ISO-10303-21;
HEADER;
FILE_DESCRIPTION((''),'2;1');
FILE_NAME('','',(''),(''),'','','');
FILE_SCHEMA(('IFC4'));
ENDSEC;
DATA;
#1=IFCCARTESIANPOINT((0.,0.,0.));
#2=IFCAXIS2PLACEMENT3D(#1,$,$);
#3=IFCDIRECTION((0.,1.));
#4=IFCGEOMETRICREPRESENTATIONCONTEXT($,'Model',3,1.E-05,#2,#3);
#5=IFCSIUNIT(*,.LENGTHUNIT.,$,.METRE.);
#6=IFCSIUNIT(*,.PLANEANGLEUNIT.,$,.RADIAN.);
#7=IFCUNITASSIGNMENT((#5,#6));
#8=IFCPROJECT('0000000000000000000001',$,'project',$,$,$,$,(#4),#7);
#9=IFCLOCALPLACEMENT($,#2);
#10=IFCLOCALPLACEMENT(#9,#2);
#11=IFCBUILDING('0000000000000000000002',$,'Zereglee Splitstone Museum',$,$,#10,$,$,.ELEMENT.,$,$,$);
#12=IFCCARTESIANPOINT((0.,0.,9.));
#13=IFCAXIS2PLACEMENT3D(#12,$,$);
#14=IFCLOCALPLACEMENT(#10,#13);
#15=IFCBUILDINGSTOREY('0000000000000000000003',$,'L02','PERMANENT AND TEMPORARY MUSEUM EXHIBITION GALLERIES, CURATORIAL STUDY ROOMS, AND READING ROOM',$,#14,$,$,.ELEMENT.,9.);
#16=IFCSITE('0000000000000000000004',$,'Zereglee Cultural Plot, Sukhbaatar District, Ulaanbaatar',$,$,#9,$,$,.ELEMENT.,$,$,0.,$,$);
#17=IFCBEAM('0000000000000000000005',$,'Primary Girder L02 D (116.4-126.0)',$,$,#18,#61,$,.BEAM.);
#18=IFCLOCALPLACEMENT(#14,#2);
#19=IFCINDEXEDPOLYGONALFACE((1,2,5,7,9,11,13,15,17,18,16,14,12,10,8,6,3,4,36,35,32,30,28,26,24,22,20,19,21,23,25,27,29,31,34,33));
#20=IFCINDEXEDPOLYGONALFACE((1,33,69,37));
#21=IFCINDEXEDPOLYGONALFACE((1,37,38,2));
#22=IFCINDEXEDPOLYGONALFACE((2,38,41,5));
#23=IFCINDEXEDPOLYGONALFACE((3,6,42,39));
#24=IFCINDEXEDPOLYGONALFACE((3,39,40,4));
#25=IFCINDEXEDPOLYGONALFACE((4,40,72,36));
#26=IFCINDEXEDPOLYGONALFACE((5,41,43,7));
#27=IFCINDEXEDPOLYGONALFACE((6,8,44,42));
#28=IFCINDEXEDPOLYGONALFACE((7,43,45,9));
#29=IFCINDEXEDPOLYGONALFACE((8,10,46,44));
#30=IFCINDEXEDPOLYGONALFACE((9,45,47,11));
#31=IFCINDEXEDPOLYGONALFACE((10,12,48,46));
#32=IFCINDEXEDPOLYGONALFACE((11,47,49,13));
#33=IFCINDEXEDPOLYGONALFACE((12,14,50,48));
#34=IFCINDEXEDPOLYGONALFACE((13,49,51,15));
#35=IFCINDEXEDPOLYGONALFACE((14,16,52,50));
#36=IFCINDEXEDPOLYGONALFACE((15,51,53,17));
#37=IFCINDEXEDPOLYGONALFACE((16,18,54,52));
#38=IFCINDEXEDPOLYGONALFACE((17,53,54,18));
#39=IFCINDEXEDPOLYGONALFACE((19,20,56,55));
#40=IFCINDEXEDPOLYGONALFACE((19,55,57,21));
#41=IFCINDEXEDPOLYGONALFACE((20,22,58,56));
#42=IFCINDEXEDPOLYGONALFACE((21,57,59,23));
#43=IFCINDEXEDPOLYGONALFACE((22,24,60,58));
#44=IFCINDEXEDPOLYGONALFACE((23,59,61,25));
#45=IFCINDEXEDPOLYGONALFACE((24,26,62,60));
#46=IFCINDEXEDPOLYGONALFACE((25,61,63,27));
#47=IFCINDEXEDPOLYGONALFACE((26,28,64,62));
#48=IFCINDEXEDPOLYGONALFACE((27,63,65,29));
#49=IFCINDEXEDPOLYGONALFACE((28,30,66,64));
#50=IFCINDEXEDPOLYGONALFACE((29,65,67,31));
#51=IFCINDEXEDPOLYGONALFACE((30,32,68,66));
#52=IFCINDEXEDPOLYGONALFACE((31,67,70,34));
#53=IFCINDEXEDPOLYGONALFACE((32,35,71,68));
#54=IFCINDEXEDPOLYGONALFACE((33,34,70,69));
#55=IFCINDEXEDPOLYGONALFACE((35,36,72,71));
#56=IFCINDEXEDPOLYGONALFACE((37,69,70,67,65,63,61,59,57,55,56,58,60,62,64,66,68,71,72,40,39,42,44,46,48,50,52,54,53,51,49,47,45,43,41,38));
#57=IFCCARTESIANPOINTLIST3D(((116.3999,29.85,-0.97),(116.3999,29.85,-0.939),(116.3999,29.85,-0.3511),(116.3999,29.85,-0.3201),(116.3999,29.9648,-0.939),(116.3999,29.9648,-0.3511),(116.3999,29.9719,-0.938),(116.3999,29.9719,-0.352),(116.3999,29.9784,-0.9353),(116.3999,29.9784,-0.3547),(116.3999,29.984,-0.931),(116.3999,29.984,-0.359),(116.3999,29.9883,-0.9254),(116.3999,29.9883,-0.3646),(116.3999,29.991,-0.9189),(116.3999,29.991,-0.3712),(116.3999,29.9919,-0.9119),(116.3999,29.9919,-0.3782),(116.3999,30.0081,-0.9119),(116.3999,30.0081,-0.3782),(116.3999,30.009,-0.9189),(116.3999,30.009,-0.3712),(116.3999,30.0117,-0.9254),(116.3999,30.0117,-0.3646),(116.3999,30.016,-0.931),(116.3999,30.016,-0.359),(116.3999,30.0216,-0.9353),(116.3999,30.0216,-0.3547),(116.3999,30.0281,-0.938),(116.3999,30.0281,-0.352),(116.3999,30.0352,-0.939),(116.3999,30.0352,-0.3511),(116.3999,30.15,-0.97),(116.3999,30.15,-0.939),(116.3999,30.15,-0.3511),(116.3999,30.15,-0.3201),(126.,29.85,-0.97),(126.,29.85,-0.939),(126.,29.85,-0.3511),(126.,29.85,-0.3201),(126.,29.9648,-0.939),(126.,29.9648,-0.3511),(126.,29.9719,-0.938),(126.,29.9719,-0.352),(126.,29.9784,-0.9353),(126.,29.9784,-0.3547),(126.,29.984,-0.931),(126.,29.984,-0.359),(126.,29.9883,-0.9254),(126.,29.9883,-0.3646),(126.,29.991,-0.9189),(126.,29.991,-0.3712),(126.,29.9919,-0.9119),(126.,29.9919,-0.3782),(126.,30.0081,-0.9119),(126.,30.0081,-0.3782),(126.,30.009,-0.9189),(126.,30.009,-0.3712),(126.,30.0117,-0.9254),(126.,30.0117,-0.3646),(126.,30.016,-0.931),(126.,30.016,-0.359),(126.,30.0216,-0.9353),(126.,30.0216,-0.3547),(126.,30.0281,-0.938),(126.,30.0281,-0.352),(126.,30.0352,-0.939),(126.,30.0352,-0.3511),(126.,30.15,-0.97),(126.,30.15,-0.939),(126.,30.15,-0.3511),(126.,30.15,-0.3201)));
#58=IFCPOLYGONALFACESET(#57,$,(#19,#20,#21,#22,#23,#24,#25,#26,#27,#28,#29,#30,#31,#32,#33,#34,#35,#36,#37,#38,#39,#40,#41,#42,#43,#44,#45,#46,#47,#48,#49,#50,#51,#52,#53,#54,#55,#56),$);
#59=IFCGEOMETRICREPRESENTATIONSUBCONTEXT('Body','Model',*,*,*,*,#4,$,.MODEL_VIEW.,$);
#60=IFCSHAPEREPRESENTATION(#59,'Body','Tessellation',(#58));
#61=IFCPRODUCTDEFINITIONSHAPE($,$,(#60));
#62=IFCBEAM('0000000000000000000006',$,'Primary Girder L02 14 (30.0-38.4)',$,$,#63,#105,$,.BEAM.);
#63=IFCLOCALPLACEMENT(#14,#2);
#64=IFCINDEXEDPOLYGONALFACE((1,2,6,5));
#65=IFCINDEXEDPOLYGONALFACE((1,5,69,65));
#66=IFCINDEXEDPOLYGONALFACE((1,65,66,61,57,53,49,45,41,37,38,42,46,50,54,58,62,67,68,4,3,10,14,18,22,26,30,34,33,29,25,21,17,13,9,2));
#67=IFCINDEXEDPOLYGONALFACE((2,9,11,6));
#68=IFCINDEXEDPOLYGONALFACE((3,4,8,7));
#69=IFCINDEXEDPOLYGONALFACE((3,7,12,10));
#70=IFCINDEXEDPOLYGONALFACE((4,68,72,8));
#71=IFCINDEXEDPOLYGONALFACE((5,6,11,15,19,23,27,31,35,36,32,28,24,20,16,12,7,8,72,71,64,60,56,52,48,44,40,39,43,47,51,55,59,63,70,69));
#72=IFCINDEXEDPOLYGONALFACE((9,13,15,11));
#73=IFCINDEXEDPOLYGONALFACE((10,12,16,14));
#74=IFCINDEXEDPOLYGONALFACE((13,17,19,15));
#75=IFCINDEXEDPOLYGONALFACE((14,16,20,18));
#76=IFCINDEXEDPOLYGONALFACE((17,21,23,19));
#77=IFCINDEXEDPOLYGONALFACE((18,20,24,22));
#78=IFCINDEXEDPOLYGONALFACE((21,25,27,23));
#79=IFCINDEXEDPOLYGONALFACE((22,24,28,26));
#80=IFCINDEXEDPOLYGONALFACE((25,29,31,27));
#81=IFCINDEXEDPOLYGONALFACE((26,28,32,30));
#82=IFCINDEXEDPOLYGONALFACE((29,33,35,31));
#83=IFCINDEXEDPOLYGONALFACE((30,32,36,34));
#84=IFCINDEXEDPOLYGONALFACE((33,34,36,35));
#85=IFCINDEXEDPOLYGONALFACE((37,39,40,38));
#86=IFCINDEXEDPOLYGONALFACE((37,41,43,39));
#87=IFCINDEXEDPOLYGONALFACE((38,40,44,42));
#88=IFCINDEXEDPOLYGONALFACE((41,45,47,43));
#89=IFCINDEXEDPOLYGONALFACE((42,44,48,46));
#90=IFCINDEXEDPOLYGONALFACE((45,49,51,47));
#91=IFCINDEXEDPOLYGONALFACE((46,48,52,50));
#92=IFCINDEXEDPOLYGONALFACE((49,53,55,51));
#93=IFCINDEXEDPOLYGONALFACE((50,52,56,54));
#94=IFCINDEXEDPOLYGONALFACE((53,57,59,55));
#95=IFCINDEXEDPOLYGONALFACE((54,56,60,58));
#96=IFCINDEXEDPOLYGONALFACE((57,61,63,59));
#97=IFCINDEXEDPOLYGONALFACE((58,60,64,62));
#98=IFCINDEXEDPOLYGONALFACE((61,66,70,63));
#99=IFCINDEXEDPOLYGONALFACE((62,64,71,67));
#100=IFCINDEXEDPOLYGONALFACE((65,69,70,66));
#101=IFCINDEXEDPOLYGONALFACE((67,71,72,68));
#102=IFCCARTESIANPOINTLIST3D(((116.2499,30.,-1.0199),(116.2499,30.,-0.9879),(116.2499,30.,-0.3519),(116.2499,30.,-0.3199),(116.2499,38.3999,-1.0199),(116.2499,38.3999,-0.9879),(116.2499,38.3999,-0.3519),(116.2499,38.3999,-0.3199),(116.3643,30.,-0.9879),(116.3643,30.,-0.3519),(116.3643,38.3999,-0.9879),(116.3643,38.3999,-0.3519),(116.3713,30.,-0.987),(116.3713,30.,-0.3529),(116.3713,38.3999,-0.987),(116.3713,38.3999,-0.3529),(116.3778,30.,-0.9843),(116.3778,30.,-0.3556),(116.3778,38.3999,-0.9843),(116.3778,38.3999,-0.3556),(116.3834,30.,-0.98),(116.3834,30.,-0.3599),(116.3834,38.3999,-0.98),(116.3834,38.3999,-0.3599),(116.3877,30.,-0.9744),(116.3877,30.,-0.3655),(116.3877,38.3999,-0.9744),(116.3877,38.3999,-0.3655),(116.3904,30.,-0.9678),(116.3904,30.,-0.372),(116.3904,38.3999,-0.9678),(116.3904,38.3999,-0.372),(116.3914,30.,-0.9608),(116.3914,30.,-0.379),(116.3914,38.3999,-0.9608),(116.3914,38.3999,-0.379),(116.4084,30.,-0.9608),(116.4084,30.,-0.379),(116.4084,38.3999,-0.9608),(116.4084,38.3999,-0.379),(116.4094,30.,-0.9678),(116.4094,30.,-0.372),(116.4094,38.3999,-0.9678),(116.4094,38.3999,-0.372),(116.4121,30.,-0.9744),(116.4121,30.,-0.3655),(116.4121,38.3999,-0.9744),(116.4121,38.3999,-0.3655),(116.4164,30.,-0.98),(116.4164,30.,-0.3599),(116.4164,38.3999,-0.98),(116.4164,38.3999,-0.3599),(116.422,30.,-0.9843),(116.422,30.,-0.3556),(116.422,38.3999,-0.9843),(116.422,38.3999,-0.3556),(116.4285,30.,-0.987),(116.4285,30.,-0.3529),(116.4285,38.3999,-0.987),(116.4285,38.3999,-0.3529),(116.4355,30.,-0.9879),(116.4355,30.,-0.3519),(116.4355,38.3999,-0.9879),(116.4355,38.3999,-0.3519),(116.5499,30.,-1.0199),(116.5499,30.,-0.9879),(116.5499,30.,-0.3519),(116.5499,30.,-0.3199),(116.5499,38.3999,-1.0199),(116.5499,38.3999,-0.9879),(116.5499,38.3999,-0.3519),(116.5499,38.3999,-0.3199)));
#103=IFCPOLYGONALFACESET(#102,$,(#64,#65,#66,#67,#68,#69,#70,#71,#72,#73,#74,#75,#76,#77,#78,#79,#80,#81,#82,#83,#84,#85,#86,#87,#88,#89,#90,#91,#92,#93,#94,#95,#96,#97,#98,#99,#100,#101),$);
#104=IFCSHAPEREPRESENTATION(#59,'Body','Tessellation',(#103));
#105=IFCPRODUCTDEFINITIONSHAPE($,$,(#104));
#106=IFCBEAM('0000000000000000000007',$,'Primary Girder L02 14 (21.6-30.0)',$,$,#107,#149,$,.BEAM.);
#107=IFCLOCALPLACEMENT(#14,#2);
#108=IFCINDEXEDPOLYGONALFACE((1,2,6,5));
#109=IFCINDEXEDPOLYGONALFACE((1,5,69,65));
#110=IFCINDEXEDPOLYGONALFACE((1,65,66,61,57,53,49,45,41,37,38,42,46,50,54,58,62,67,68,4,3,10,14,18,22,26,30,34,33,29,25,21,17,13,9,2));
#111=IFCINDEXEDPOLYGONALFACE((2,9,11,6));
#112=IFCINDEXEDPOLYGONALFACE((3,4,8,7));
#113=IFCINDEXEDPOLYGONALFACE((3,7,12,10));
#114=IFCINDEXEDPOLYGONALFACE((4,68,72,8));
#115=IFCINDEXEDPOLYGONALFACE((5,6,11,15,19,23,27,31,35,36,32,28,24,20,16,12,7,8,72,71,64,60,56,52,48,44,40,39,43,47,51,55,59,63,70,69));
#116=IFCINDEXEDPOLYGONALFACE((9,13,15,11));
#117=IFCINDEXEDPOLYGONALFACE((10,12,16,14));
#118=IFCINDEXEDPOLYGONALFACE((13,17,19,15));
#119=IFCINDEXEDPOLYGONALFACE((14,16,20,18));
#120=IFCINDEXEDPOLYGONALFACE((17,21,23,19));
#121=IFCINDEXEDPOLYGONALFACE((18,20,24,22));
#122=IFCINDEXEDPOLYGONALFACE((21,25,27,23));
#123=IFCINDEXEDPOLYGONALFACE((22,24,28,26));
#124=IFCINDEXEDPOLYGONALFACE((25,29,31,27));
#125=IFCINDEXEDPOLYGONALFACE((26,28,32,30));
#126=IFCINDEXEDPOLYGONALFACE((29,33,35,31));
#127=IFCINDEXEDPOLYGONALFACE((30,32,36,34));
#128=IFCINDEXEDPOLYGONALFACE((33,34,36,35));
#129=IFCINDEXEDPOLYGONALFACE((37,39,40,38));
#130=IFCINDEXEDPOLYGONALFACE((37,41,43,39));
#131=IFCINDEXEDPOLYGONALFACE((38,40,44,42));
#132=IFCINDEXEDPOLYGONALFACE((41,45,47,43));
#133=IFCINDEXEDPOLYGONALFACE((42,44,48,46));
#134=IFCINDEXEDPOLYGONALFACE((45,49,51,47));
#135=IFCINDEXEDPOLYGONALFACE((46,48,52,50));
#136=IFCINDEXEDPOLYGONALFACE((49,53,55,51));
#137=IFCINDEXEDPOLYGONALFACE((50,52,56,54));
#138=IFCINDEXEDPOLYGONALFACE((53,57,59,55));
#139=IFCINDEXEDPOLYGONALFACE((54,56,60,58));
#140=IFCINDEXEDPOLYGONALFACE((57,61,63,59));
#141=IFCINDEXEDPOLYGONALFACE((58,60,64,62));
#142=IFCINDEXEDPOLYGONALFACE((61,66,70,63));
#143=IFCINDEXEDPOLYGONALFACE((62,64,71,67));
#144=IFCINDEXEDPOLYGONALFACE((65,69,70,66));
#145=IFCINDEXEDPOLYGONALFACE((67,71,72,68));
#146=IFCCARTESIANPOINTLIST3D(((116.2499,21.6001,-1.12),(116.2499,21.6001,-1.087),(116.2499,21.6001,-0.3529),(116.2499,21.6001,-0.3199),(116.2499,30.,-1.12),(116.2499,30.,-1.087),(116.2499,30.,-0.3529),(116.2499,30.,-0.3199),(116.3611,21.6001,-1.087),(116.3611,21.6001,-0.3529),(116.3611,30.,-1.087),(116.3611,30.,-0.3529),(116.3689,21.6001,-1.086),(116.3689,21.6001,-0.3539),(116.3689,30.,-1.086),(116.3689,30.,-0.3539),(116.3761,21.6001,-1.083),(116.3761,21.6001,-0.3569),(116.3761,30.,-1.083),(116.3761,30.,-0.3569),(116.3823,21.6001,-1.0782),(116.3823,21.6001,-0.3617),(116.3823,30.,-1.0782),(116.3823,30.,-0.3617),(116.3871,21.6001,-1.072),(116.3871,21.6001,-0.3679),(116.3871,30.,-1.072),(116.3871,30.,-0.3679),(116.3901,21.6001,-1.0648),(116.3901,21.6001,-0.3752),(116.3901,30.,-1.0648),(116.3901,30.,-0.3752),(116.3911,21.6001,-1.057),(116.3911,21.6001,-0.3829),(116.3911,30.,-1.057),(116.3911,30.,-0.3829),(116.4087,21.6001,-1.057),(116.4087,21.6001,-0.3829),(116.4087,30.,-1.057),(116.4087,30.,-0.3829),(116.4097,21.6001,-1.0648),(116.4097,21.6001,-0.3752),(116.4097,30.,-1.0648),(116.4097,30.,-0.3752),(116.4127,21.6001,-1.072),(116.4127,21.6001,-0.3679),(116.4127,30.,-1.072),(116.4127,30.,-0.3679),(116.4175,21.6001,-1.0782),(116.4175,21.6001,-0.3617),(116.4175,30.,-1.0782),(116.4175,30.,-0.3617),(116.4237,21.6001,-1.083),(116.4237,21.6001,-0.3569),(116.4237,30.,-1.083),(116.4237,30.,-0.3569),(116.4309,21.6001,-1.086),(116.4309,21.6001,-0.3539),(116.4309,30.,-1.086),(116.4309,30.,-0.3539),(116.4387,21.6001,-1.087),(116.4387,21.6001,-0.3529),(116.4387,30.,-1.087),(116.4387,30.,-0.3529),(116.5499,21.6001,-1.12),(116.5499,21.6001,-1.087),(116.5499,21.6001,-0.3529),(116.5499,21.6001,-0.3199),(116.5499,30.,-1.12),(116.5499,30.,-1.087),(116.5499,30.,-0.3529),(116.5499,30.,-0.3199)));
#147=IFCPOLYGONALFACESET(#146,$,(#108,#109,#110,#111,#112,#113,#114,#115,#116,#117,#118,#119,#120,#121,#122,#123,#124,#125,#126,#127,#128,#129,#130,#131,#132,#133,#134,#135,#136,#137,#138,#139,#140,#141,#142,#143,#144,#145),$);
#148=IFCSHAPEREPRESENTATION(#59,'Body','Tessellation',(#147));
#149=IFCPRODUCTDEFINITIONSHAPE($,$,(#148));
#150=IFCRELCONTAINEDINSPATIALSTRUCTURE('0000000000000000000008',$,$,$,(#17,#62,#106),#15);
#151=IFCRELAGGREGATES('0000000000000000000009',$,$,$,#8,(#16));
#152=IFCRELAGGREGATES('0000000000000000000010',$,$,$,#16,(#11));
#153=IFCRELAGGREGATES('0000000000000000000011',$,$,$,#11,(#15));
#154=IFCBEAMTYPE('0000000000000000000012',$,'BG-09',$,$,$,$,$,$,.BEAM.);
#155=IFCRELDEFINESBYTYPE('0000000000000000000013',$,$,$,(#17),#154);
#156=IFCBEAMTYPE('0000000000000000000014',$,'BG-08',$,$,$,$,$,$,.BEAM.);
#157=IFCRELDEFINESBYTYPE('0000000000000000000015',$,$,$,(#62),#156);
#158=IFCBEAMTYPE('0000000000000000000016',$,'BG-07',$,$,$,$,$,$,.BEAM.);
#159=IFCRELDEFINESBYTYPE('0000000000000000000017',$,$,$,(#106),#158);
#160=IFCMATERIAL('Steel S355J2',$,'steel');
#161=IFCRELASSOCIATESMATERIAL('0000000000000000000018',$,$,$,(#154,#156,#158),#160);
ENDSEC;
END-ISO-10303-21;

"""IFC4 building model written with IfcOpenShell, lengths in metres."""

from ifc_helpers import new_model, si_unit, direction, frame, origin, origin_2d, place, context, subcontext, project, spatial, i_section, extrude, material, material_profile, profile_set, type_object, element, save


model = new_model("IFC4")

# Units and contexts
model_context = context("Model", 3, precision=1e-05, world=origin(), true_north=direction((0.0, 1.0)))
body_context = subcontext(model_context, "Body", "Model", "MODEL_VIEW")
ifc_project = project(units=[si_unit("LENGTHUNIT", "METRE"), si_unit("PLANEANGLEUNIT", "RADIAN")], contexts=[model_context])

# Site, building, storey
site_placement = place(None, origin())
site = spatial("IfcSite", under=ifc_project, at=site_placement, Name="Zereglee Cultural Plot, Sukhbaatar District, Ulaanbaatar", CompositionType="ELEMENT", RefElevation=0.0)
building_placement = place(site_placement, origin())
building = spatial("IfcBuilding", under=site, at=building_placement, Name="Zereglee Splitstone Museum", CompositionType="ELEMENT")
storey_placement = place(building_placement, frame((0.0, 0.0, 9.0)))
storey = spatial("IfcBuildingStorey", under=building, at=storey_placement, Name="L02", Description="PERMANENT AND TEMPORARY MUSEUM EXHIBITION GALLERIES, CURATORIAL STUDY ROOMS, AND READING ROOM", CompositionType="ELEMENT", Elevation=9.0)

# Shared definitions
ifc_material_1 = material(Name="Steel S355J2", Category="steel")

# Beams
ifc_material_profile_1 = material_profile(ifc_material_1, i_section(OverallWidth=0.3, OverallDepth=0.6499, WebThickness=0.0161, FlangeThickness=0.031, FilletRadius=0.0271, at=origin_2d()), Name="HE 650 B")
ifc_profile_set_1 = profile_set([ifc_material_profile_1], Name="Steel S355J2")
beam_type_1 = type_object("IfcBeamType", Name="BG-09", PredefinedType="BEAM", material=ifc_profile_set_1)
for number, where, z_axis, x_axis, name in (
    (1, (116.3999, 30.0, -0.645), (1.0, 0.0, 0.0), (0.0, 1.0, 0.0), "Primary Girder L02 D (116.4-126.0)"),
):
    element("IfcBeam", number, at=place(storey_placement, frame(where, z_axis=z_axis, x_axis=x_axis)), inside=storey, type_object=beam_type_1, Name=name, PredefinedType="BEAM", context=body_context, shape_type="SweptSolid", body=[
        extrude(i_section(OverallWidth=0.3, OverallDepth=0.6499, WebThickness=0.0161, FlangeThickness=0.031, FilletRadius=0.0271, at=origin_2d()), origin(), (0.0, 0.0, 1.0), 9.6001),
    ])
ifc_material_profile_2 = material_profile(ifc_material_1, i_section(OverallWidth=0.3, OverallDepth=0.7, WebThickness=0.0171, FlangeThickness=0.032, FilletRadius=0.0271, at=origin_2d()), Name="HE 700 B")
ifc_profile_set_2 = profile_set([ifc_material_profile_2], Name="Steel S355J2")
beam_type_2 = type_object("IfcBeamType", Name="BG-08", PredefinedType="BEAM", material=ifc_profile_set_2)
beam_1_placement = place(storey_placement, frame((116.3999, 30.0, -0.6699), z_axis=(0.0, 1.0, 0.0), x_axis=(-1.0, 0.0, 0.0)))
element("IfcBeam", 2, at=beam_1_placement, inside=storey, type_object=beam_type_2, Name="Primary Girder L02 14 (30.0-38.4)", PredefinedType="BEAM", context=body_context, shape_type="SweptSolid", body=[
    extrude(i_section(OverallWidth=0.3, OverallDepth=0.7, WebThickness=0.0171, FlangeThickness=0.032, FilletRadius=0.0271, at=origin_2d()), origin(), (0.0, 0.0, 1.0), 8.3999),
])
ifc_material_profile_3 = material_profile(ifc_material_1, i_section(OverallWidth=0.3, OverallDepth=0.8, WebThickness=0.0176, FlangeThickness=0.033, FilletRadius=0.03, at=origin_2d()), Name="HE 800 B")
ifc_profile_set_3 = profile_set([ifc_material_profile_3], Name="Steel S355J2")
beam_type_3 = type_object("IfcBeamType", Name="BG-07", PredefinedType="BEAM", material=ifc_profile_set_3)
beam_2_placement = place(storey_placement, frame((116.3999, 21.6001, -0.72), z_axis=(0.0, 1.0, 0.0), x_axis=(-1.0, 0.0, 0.0)))
element("IfcBeam", 3, at=beam_2_placement, inside=storey, type_object=beam_type_3, Name="Primary Girder L02 14 (21.6-30.0)", PredefinedType="BEAM", context=body_context, shape_type="SweptSolid", body=[
    extrude(i_section(OverallWidth=0.3, OverallDepth=0.8, WebThickness=0.0176, FlangeThickness=0.033, FilletRadius=0.03, at=origin_2d()), origin(), (0.0, 0.0, 1.0), 8.3999),
])

save(model, "model.ifc")
